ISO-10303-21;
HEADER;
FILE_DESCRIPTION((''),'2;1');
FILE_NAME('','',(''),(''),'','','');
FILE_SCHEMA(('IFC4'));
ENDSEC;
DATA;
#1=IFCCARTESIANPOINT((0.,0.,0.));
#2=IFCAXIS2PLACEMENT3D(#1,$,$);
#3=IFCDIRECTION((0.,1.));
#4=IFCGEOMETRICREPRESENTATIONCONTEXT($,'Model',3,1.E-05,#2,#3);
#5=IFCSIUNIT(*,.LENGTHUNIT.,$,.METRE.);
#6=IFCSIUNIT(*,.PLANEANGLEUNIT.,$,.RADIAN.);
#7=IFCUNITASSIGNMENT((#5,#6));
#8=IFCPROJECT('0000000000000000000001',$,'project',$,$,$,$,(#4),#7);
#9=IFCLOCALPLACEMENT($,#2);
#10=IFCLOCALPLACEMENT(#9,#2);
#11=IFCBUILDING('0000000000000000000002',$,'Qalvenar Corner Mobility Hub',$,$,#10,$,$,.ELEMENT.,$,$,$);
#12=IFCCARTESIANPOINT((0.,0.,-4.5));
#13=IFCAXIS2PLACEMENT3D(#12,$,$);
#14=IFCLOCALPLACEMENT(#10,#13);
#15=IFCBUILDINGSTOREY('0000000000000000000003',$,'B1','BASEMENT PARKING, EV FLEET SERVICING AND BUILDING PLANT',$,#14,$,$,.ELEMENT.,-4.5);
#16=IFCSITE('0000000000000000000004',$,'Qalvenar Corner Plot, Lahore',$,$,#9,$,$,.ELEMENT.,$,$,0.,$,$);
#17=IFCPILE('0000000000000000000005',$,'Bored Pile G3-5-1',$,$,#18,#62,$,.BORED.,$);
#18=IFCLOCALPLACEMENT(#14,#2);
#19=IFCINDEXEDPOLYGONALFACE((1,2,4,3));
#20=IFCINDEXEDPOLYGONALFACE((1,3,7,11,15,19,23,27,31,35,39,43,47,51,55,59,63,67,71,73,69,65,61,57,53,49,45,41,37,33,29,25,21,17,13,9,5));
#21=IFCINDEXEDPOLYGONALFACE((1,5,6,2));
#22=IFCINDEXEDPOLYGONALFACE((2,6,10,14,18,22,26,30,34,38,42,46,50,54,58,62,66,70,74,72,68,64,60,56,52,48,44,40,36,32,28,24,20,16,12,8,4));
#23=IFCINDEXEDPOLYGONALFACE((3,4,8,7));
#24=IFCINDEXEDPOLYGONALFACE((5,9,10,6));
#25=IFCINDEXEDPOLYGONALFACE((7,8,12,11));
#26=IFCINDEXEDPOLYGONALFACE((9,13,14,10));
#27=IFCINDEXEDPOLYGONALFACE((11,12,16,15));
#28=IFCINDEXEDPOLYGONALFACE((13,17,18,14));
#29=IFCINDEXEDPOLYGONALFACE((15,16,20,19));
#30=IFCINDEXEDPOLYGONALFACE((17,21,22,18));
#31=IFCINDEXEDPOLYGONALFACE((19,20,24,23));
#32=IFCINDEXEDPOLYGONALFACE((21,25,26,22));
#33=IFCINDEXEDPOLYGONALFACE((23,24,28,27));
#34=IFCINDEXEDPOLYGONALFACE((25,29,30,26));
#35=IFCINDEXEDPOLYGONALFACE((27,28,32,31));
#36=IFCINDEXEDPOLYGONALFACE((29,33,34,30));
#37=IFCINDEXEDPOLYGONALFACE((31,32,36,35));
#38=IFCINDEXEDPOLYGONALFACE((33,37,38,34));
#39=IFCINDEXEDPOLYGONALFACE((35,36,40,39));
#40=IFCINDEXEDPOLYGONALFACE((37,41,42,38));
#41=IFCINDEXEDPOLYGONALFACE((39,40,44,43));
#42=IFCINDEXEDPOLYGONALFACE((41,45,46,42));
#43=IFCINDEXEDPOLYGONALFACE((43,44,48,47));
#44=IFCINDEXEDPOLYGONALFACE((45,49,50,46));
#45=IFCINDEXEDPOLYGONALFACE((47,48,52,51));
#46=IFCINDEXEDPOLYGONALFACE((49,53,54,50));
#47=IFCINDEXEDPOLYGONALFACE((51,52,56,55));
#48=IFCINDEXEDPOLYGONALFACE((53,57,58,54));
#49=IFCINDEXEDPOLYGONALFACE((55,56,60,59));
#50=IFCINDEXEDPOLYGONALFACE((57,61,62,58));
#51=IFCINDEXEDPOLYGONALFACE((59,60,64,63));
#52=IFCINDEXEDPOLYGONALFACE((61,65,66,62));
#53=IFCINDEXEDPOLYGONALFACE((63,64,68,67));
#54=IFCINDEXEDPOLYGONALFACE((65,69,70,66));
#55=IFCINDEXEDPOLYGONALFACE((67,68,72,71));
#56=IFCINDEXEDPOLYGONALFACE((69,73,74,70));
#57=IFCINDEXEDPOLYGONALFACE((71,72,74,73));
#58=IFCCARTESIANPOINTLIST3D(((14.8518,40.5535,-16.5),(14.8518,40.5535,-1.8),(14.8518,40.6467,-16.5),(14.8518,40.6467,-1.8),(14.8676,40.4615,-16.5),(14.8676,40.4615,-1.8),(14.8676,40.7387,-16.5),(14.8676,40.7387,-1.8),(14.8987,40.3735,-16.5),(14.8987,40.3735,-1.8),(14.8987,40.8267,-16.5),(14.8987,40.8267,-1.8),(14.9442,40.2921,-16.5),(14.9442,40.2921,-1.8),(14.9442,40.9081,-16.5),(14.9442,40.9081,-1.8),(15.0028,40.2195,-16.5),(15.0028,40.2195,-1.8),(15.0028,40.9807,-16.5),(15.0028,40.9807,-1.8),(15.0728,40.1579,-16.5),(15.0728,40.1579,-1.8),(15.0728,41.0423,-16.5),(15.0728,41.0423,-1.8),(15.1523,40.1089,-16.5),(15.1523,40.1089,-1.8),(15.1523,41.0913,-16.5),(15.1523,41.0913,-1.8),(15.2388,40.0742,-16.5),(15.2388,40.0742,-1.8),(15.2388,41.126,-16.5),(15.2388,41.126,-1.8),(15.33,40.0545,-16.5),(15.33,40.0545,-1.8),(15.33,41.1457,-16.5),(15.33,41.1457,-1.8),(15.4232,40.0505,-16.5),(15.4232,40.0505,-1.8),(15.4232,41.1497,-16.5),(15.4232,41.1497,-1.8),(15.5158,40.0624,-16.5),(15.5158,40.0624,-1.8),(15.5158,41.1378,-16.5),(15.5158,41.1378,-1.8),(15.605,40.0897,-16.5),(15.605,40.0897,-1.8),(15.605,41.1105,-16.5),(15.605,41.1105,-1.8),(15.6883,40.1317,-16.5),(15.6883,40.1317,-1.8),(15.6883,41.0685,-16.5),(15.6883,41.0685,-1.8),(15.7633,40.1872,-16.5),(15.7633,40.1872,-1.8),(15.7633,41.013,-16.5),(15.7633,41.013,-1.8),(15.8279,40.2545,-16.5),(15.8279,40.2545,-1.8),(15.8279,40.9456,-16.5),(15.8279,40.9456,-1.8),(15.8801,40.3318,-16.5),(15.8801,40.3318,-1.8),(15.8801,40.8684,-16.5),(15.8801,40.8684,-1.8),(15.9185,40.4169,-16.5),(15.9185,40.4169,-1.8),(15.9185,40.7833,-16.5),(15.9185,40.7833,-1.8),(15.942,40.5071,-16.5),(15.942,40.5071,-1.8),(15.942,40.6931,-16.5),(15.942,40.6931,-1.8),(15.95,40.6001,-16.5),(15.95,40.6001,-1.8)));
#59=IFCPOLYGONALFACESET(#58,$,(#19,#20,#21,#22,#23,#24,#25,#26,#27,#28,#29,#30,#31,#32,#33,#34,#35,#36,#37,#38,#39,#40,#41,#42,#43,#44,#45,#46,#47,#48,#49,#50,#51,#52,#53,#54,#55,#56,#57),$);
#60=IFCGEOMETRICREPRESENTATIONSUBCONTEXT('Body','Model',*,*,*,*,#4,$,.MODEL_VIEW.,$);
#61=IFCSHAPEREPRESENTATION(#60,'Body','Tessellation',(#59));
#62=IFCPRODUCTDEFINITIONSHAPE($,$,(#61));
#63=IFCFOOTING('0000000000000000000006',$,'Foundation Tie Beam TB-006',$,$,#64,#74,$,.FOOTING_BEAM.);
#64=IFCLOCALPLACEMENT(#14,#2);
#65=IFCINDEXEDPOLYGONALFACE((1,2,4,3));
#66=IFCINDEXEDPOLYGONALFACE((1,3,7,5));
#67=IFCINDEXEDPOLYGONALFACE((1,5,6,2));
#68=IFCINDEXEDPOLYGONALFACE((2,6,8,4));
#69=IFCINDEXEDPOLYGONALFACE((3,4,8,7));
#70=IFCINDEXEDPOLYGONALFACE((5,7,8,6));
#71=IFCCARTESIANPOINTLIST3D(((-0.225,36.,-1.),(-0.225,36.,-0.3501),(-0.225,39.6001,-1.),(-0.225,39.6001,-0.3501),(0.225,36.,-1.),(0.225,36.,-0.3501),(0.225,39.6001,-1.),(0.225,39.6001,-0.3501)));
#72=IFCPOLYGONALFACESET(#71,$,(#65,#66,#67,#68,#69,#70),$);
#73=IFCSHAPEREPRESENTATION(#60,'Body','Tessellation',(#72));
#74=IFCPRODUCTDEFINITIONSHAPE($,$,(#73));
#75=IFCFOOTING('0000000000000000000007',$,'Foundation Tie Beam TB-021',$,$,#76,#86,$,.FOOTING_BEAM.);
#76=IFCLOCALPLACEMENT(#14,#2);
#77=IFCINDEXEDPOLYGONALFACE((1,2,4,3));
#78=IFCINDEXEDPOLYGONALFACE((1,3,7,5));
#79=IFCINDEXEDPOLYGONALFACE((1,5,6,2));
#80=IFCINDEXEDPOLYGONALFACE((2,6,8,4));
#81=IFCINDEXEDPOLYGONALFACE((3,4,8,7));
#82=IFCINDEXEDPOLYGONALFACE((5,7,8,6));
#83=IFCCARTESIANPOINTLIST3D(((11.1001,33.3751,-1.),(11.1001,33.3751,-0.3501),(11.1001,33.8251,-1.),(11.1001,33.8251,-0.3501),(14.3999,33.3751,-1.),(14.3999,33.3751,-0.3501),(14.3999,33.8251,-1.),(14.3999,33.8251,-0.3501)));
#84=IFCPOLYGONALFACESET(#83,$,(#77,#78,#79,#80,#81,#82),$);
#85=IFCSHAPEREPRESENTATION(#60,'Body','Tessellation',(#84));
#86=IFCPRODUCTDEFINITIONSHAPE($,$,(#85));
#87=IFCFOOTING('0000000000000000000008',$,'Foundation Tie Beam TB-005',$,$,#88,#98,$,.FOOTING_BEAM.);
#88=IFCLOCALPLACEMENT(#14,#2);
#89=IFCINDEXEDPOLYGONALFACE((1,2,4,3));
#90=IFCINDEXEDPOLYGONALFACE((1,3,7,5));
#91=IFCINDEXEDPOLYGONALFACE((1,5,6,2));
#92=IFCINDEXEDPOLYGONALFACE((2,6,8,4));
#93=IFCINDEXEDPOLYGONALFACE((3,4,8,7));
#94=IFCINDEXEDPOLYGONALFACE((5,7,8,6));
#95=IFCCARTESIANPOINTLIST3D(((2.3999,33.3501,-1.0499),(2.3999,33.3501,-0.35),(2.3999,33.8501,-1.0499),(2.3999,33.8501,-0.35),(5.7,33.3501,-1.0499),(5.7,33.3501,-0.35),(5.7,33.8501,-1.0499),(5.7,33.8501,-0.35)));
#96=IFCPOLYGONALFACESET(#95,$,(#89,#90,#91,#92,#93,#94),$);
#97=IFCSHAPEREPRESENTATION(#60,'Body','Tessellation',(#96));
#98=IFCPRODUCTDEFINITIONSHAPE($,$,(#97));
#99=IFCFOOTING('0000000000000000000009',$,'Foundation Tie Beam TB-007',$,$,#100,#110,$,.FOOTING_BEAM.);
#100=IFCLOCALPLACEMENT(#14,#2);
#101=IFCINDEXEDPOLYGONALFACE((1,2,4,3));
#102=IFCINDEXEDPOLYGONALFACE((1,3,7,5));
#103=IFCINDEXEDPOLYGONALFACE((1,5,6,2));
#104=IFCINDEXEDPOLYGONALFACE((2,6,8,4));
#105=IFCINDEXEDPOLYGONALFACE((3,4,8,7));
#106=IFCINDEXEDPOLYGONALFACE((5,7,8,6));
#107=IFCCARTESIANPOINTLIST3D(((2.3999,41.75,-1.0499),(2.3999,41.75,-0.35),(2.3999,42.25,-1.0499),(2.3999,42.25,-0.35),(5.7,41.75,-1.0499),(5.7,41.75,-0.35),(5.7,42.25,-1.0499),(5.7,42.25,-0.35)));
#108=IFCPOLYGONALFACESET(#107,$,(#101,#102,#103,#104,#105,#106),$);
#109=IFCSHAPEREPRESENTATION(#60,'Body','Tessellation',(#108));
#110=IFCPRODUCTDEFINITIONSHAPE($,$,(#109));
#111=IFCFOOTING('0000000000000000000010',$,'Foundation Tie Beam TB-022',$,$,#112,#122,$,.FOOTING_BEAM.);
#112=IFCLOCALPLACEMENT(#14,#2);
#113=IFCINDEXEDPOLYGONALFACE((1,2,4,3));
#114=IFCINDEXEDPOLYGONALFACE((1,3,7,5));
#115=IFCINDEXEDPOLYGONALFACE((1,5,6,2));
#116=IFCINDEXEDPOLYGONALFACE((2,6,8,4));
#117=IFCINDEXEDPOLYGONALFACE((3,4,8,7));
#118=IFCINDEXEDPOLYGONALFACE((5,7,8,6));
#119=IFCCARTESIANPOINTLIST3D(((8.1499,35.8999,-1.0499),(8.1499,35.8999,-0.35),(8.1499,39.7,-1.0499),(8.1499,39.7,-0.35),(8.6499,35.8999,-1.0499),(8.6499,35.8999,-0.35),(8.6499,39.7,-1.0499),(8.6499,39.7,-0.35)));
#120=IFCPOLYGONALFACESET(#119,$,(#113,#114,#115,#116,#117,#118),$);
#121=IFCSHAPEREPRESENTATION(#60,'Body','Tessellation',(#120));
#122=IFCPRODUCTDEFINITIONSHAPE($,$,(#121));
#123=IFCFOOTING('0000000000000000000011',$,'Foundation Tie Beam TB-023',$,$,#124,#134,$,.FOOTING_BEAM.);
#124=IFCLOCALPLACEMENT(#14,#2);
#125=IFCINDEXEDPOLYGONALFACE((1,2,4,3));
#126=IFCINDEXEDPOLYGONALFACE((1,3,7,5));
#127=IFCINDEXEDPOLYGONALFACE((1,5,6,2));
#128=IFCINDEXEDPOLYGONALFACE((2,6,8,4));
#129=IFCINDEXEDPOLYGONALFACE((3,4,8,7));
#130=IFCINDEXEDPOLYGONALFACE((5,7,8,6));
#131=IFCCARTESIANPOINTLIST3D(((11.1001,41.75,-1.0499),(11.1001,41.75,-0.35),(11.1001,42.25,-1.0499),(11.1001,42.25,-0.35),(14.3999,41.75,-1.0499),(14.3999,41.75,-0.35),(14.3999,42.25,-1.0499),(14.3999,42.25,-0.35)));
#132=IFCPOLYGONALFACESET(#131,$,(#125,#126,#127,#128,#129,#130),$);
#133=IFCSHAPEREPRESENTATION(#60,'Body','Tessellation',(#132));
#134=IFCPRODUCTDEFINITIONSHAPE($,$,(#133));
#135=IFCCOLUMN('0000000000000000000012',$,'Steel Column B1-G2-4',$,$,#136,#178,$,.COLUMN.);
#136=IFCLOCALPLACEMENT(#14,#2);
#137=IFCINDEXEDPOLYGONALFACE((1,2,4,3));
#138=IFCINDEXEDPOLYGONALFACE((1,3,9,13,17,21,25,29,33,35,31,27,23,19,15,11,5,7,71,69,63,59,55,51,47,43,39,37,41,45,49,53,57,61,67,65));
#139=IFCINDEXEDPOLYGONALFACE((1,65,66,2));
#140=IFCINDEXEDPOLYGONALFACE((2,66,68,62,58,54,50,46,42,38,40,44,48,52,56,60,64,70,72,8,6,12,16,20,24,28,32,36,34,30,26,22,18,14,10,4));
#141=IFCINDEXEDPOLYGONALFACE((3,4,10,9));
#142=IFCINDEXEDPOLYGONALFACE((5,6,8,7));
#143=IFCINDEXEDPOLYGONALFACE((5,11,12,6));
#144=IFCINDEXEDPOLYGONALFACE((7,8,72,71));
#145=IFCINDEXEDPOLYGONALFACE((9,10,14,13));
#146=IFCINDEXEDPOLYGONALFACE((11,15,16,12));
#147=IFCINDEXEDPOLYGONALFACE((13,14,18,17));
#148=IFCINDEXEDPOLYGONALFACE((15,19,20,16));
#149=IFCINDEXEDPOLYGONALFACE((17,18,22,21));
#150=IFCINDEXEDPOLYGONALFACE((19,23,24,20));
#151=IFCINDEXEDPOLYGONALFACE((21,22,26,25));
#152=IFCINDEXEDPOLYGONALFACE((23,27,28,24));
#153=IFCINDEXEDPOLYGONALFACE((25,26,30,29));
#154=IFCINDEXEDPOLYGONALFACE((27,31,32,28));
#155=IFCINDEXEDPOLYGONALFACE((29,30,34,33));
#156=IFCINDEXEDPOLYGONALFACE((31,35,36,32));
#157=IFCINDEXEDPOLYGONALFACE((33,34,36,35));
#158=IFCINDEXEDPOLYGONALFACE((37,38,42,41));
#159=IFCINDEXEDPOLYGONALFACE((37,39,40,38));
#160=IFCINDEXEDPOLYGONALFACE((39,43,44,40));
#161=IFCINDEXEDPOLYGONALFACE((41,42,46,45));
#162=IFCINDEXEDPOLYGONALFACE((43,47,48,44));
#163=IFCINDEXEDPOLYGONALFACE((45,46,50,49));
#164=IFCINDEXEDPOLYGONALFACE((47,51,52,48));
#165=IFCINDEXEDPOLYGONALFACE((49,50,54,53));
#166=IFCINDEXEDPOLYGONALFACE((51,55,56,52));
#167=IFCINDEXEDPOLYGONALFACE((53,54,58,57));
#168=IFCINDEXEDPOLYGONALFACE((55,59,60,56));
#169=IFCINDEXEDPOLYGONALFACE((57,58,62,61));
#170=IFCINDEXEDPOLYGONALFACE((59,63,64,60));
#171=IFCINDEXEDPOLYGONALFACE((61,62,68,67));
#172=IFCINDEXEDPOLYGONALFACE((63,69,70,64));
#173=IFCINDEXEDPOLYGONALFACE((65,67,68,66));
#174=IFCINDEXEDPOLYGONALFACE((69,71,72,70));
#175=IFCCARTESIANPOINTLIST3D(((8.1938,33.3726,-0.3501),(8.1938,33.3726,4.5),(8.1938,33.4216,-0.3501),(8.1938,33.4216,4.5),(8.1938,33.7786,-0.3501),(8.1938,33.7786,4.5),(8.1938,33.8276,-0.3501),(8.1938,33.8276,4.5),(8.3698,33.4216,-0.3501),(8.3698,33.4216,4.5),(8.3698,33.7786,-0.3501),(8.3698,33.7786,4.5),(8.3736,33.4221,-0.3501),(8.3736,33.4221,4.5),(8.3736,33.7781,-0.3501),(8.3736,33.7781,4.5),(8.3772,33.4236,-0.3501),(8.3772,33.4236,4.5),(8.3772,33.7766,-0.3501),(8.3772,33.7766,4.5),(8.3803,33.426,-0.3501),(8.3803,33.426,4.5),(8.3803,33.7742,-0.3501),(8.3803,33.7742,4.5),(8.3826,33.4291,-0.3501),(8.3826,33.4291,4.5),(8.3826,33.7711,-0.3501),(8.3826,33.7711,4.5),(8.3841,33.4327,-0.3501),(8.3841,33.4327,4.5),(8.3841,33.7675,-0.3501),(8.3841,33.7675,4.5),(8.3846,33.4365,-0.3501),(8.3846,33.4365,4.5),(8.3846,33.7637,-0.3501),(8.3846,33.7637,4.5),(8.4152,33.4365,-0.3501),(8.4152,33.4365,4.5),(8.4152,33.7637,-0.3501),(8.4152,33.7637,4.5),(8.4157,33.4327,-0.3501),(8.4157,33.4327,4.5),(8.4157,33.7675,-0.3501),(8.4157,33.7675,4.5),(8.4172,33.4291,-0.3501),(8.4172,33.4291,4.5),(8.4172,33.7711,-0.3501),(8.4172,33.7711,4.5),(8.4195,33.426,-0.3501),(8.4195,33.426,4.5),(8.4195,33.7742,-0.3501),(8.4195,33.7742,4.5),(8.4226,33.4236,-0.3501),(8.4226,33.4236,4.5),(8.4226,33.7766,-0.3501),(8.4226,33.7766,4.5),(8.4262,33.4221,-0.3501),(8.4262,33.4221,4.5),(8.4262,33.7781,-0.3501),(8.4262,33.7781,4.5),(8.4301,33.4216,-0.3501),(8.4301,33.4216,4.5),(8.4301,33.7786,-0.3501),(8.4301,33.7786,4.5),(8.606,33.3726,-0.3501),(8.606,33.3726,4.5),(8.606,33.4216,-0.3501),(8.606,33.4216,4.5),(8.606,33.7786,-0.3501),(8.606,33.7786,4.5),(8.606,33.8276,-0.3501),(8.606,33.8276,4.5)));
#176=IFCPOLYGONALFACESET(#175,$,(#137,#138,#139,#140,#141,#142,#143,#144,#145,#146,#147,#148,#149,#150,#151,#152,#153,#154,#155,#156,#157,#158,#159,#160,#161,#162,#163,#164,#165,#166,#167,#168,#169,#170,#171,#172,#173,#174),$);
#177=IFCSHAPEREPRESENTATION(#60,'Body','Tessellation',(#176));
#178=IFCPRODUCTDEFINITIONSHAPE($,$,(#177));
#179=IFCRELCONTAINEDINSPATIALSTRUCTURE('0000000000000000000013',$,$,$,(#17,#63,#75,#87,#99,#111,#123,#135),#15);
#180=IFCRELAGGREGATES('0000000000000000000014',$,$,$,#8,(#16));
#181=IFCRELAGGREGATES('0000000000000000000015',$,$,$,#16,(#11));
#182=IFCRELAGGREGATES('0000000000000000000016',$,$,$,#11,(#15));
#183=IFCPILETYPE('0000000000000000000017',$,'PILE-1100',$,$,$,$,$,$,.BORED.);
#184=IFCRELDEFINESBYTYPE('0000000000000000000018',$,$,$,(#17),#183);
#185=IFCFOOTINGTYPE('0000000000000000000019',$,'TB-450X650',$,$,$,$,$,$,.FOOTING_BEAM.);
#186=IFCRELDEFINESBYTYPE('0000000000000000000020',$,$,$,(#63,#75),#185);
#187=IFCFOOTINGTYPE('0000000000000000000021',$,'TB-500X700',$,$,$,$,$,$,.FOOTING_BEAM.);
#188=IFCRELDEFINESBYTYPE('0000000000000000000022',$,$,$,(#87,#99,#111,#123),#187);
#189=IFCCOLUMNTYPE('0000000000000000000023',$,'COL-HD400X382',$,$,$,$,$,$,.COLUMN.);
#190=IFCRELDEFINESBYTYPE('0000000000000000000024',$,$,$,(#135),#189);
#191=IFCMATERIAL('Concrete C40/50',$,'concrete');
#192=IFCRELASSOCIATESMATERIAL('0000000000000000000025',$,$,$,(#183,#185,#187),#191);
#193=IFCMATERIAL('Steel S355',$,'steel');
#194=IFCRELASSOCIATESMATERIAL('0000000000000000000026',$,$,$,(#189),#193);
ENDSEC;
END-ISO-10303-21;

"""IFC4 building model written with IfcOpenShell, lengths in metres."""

from ifc_helpers import new_model, si_unit, direction, frame, origin, origin_2d, place, context, subcontext, project, spatial, rectangle, circle, i_section, extrude, material, material_profile, profile_set, type_object, element, save


model = new_model("IFC4")

# Units and contexts
model_context = context("Model", 3, precision=1e-05, world=origin(), true_north=direction((0.0, 1.0)))
body_context = subcontext(model_context, "Body", "Model", "MODEL_VIEW")
ifc_project = project(units=[si_unit("LENGTHUNIT", "METRE"), si_unit("PLANEANGLEUNIT", "RADIAN")], contexts=[model_context])

# Site, building, storey
site_placement = place(None, origin())
site = spatial("IfcSite", under=ifc_project, at=site_placement, Name="Qalvenar Corner Plot, Lahore", CompositionType="ELEMENT", RefElevation=0.0)
building_placement = place(site_placement, origin())
building = spatial("IfcBuilding", under=site, at=building_placement, Name="Qalvenar Corner Mobility Hub", CompositionType="ELEMENT")
storey_placement = place(building_placement, frame((0.0, 0.0, -4.5)))
storey = spatial("IfcBuildingStorey", under=building, at=storey_placement, Name="B1", Description="BASEMENT PARKING, EV FLEET SERVICING AND BUILDING PLANT", CompositionType="ELEMENT", Elevation=-4.5)

# Shared definitions
ifc_material_1 = material(Name="Concrete C40/50", Category="concrete")

# Pile
ifc_material_profile_1 = material_profile(ifc_material_1, circle(Radius=0.55, at=origin_2d()), Name="DIA1100")
ifc_profile_set_1 = profile_set([ifc_material_profile_1], Name="Concrete C40/50")
pile_type = type_object("IfcPileType", Name="PILE-1100", PredefinedType="BORED", material=ifc_profile_set_1)
for number, where, z_axis, x_axis, name in (
    (1, (15.3999, 40.6001, -1.8), (0.0, 0.0, -1.0), (1.0, 0.0, 0.0), "Bored Pile G3-5-1"),
):
    element("IfcPile", number, at=place(storey_placement, frame(where, z_axis=z_axis, x_axis=x_axis)), inside=storey, type_object=pile_type, Name=name, PredefinedType="BORED", context=body_context, shape_type="SweptSolid", body=[
        extrude(circle(Radius=0.55, at=origin_2d()), origin(), (0.0, 0.0, 1.0), 14.7),
    ])

# Footings
ifc_material_profile_2 = material_profile(ifc_material_1, rectangle(XDim=0.45, YDim=0.6499, at=origin_2d()), Name="RC450x650")
ifc_profile_set_2 = profile_set([ifc_material_profile_2], Name="Concrete C40/50")
footing_type_1 = type_object("IfcFootingType", Name="TB-450X650", PredefinedType="FOOTING_BEAM", material=ifc_profile_set_2)
footing_1_placement = place(storey_placement, frame((0.0, 36.0, -0.675), z_axis=(0.0, 1.0, 0.0), x_axis=(-1.0, 0.0, 0.0)))
element("IfcFooting", 2, at=footing_1_placement, inside=storey, type_object=footing_type_1, Name="Foundation Tie Beam TB-006", PredefinedType="FOOTING_BEAM", context=body_context, shape_type="SweptSolid", body=[
    extrude(rectangle(XDim=0.45, YDim=0.6499, at=origin_2d()), origin(), (0.0, 0.0, 1.0), 3.6001),
])
footing_2_placement = place(storey_placement, frame((11.1001, 33.6001, -0.675), z_axis=(1.0, 0.0, 0.0), x_axis=(0.0, 1.0, 0.0)))
element("IfcFooting", 3, at=footing_2_placement, inside=storey, type_object=footing_type_1, Name="Foundation Tie Beam TB-021", PredefinedType="FOOTING_BEAM", context=body_context, shape_type="SweptSolid", body=[
    extrude(rectangle(XDim=0.45, YDim=0.6499, at=origin_2d()), origin(), (0.0, 0.0, 1.0), 3.2998),
])
ifc_material_profile_3 = material_profile(ifc_material_1, rectangle(XDim=0.5, YDim=0.7, at=origin_2d()), Name="RC500x700")
ifc_profile_set_3 = profile_set([ifc_material_profile_3], Name="Concrete C40/50")
footing_type_2 = type_object("IfcFootingType", Name="TB-500X700", PredefinedType="FOOTING_BEAM", material=ifc_profile_set_3)
for number, where, z_axis, x_axis, name in (
    (4, (2.3999, 33.6001, -0.7), (1.0, 0.0, 0.0), (0.0, 1.0, 0.0), "Foundation Tie Beam TB-005"),
    (5, (2.3999, 42.0, -0.7), (1.0, 0.0, 0.0), (0.0, 1.0, 0.0), "Foundation Tie Beam TB-007"),
):
    element("IfcFooting", number, at=place(storey_placement, frame(where, z_axis=z_axis, x_axis=x_axis)), inside=storey, type_object=footing_type_2, Name=name, PredefinedType="FOOTING_BEAM", context=body_context, shape_type="SweptSolid", body=[
        extrude(rectangle(XDim=0.5, YDim=0.7, at=origin_2d()), origin(), (0.0, 0.0, 1.0), 3.3),
    ])
footing_3_placement = place(storey_placement, frame((8.3999, 35.8999, -0.7), z_axis=(0.0, 1.0, 0.0), x_axis=(-1.0, 0.0, 0.0)))
element("IfcFooting", 6, at=footing_3_placement, inside=storey, type_object=footing_type_2, Name="Foundation Tie Beam TB-022", PredefinedType="FOOTING_BEAM", context=body_context, shape_type="SweptSolid", body=[
    extrude(rectangle(XDim=0.5, YDim=0.7, at=origin_2d()), origin(), (0.0, 0.0, 1.0), 3.8),
])
footing_4_placement = place(storey_placement, frame((11.1001, 42.0, -0.7), z_axis=(1.0, 0.0, 0.0), x_axis=(0.0, 1.0, 0.0)))
element("IfcFooting", 7, at=footing_4_placement, inside=storey, type_object=footing_type_2, Name="Foundation Tie Beam TB-023", PredefinedType="FOOTING_BEAM", context=body_context, shape_type="SweptSolid", body=[
    extrude(rectangle(XDim=0.5, YDim=0.7, at=origin_2d()), origin(), (0.0, 0.0, 1.0), 3.2998),
])

# Column
ifc_material_2 = material(Name="Steel S355", Category="steel")
ifc_material_profile_4 = material_profile(ifc_material_2, i_section(OverallWidth=0.4121, OverallDepth=0.4551, WebThickness=0.0305, FlangeThickness=0.0491, FilletRadius=0.0149, at=origin_2d()), Name="HD400x421")
ifc_profile_set_4 = profile_set([ifc_material_profile_4], Name="Steel S355")
column_type_1 = type_object("IfcColumnType", Name="COL-HD400X382", PredefinedType="COLUMN", material=ifc_profile_set_4)
for number, where, z_axis, x_axis, name in (
    (8, (8.3999, 33.6001, -0.3501), (0.0, 0.0, 1.0), (1.0, 0.0, 0.0), "Steel Column B1-G2-4"),
):
    element("IfcColumn", number, at=place(storey_placement, frame(where, z_axis=z_axis, x_axis=x_axis)), inside=storey, type_object=column_type_1, Name=name, PredefinedType="COLUMN", context=body_context, shape_type="SweptSolid", body=[
        extrude(i_section(OverallWidth=0.4121, OverallDepth=0.4551, WebThickness=0.0305, FlangeThickness=0.0491, FilletRadius=0.0149, at=origin_2d()), origin(), (0.0, 0.0, 1.0), 4.8501),
    ])

save(model, "model.ifc")
